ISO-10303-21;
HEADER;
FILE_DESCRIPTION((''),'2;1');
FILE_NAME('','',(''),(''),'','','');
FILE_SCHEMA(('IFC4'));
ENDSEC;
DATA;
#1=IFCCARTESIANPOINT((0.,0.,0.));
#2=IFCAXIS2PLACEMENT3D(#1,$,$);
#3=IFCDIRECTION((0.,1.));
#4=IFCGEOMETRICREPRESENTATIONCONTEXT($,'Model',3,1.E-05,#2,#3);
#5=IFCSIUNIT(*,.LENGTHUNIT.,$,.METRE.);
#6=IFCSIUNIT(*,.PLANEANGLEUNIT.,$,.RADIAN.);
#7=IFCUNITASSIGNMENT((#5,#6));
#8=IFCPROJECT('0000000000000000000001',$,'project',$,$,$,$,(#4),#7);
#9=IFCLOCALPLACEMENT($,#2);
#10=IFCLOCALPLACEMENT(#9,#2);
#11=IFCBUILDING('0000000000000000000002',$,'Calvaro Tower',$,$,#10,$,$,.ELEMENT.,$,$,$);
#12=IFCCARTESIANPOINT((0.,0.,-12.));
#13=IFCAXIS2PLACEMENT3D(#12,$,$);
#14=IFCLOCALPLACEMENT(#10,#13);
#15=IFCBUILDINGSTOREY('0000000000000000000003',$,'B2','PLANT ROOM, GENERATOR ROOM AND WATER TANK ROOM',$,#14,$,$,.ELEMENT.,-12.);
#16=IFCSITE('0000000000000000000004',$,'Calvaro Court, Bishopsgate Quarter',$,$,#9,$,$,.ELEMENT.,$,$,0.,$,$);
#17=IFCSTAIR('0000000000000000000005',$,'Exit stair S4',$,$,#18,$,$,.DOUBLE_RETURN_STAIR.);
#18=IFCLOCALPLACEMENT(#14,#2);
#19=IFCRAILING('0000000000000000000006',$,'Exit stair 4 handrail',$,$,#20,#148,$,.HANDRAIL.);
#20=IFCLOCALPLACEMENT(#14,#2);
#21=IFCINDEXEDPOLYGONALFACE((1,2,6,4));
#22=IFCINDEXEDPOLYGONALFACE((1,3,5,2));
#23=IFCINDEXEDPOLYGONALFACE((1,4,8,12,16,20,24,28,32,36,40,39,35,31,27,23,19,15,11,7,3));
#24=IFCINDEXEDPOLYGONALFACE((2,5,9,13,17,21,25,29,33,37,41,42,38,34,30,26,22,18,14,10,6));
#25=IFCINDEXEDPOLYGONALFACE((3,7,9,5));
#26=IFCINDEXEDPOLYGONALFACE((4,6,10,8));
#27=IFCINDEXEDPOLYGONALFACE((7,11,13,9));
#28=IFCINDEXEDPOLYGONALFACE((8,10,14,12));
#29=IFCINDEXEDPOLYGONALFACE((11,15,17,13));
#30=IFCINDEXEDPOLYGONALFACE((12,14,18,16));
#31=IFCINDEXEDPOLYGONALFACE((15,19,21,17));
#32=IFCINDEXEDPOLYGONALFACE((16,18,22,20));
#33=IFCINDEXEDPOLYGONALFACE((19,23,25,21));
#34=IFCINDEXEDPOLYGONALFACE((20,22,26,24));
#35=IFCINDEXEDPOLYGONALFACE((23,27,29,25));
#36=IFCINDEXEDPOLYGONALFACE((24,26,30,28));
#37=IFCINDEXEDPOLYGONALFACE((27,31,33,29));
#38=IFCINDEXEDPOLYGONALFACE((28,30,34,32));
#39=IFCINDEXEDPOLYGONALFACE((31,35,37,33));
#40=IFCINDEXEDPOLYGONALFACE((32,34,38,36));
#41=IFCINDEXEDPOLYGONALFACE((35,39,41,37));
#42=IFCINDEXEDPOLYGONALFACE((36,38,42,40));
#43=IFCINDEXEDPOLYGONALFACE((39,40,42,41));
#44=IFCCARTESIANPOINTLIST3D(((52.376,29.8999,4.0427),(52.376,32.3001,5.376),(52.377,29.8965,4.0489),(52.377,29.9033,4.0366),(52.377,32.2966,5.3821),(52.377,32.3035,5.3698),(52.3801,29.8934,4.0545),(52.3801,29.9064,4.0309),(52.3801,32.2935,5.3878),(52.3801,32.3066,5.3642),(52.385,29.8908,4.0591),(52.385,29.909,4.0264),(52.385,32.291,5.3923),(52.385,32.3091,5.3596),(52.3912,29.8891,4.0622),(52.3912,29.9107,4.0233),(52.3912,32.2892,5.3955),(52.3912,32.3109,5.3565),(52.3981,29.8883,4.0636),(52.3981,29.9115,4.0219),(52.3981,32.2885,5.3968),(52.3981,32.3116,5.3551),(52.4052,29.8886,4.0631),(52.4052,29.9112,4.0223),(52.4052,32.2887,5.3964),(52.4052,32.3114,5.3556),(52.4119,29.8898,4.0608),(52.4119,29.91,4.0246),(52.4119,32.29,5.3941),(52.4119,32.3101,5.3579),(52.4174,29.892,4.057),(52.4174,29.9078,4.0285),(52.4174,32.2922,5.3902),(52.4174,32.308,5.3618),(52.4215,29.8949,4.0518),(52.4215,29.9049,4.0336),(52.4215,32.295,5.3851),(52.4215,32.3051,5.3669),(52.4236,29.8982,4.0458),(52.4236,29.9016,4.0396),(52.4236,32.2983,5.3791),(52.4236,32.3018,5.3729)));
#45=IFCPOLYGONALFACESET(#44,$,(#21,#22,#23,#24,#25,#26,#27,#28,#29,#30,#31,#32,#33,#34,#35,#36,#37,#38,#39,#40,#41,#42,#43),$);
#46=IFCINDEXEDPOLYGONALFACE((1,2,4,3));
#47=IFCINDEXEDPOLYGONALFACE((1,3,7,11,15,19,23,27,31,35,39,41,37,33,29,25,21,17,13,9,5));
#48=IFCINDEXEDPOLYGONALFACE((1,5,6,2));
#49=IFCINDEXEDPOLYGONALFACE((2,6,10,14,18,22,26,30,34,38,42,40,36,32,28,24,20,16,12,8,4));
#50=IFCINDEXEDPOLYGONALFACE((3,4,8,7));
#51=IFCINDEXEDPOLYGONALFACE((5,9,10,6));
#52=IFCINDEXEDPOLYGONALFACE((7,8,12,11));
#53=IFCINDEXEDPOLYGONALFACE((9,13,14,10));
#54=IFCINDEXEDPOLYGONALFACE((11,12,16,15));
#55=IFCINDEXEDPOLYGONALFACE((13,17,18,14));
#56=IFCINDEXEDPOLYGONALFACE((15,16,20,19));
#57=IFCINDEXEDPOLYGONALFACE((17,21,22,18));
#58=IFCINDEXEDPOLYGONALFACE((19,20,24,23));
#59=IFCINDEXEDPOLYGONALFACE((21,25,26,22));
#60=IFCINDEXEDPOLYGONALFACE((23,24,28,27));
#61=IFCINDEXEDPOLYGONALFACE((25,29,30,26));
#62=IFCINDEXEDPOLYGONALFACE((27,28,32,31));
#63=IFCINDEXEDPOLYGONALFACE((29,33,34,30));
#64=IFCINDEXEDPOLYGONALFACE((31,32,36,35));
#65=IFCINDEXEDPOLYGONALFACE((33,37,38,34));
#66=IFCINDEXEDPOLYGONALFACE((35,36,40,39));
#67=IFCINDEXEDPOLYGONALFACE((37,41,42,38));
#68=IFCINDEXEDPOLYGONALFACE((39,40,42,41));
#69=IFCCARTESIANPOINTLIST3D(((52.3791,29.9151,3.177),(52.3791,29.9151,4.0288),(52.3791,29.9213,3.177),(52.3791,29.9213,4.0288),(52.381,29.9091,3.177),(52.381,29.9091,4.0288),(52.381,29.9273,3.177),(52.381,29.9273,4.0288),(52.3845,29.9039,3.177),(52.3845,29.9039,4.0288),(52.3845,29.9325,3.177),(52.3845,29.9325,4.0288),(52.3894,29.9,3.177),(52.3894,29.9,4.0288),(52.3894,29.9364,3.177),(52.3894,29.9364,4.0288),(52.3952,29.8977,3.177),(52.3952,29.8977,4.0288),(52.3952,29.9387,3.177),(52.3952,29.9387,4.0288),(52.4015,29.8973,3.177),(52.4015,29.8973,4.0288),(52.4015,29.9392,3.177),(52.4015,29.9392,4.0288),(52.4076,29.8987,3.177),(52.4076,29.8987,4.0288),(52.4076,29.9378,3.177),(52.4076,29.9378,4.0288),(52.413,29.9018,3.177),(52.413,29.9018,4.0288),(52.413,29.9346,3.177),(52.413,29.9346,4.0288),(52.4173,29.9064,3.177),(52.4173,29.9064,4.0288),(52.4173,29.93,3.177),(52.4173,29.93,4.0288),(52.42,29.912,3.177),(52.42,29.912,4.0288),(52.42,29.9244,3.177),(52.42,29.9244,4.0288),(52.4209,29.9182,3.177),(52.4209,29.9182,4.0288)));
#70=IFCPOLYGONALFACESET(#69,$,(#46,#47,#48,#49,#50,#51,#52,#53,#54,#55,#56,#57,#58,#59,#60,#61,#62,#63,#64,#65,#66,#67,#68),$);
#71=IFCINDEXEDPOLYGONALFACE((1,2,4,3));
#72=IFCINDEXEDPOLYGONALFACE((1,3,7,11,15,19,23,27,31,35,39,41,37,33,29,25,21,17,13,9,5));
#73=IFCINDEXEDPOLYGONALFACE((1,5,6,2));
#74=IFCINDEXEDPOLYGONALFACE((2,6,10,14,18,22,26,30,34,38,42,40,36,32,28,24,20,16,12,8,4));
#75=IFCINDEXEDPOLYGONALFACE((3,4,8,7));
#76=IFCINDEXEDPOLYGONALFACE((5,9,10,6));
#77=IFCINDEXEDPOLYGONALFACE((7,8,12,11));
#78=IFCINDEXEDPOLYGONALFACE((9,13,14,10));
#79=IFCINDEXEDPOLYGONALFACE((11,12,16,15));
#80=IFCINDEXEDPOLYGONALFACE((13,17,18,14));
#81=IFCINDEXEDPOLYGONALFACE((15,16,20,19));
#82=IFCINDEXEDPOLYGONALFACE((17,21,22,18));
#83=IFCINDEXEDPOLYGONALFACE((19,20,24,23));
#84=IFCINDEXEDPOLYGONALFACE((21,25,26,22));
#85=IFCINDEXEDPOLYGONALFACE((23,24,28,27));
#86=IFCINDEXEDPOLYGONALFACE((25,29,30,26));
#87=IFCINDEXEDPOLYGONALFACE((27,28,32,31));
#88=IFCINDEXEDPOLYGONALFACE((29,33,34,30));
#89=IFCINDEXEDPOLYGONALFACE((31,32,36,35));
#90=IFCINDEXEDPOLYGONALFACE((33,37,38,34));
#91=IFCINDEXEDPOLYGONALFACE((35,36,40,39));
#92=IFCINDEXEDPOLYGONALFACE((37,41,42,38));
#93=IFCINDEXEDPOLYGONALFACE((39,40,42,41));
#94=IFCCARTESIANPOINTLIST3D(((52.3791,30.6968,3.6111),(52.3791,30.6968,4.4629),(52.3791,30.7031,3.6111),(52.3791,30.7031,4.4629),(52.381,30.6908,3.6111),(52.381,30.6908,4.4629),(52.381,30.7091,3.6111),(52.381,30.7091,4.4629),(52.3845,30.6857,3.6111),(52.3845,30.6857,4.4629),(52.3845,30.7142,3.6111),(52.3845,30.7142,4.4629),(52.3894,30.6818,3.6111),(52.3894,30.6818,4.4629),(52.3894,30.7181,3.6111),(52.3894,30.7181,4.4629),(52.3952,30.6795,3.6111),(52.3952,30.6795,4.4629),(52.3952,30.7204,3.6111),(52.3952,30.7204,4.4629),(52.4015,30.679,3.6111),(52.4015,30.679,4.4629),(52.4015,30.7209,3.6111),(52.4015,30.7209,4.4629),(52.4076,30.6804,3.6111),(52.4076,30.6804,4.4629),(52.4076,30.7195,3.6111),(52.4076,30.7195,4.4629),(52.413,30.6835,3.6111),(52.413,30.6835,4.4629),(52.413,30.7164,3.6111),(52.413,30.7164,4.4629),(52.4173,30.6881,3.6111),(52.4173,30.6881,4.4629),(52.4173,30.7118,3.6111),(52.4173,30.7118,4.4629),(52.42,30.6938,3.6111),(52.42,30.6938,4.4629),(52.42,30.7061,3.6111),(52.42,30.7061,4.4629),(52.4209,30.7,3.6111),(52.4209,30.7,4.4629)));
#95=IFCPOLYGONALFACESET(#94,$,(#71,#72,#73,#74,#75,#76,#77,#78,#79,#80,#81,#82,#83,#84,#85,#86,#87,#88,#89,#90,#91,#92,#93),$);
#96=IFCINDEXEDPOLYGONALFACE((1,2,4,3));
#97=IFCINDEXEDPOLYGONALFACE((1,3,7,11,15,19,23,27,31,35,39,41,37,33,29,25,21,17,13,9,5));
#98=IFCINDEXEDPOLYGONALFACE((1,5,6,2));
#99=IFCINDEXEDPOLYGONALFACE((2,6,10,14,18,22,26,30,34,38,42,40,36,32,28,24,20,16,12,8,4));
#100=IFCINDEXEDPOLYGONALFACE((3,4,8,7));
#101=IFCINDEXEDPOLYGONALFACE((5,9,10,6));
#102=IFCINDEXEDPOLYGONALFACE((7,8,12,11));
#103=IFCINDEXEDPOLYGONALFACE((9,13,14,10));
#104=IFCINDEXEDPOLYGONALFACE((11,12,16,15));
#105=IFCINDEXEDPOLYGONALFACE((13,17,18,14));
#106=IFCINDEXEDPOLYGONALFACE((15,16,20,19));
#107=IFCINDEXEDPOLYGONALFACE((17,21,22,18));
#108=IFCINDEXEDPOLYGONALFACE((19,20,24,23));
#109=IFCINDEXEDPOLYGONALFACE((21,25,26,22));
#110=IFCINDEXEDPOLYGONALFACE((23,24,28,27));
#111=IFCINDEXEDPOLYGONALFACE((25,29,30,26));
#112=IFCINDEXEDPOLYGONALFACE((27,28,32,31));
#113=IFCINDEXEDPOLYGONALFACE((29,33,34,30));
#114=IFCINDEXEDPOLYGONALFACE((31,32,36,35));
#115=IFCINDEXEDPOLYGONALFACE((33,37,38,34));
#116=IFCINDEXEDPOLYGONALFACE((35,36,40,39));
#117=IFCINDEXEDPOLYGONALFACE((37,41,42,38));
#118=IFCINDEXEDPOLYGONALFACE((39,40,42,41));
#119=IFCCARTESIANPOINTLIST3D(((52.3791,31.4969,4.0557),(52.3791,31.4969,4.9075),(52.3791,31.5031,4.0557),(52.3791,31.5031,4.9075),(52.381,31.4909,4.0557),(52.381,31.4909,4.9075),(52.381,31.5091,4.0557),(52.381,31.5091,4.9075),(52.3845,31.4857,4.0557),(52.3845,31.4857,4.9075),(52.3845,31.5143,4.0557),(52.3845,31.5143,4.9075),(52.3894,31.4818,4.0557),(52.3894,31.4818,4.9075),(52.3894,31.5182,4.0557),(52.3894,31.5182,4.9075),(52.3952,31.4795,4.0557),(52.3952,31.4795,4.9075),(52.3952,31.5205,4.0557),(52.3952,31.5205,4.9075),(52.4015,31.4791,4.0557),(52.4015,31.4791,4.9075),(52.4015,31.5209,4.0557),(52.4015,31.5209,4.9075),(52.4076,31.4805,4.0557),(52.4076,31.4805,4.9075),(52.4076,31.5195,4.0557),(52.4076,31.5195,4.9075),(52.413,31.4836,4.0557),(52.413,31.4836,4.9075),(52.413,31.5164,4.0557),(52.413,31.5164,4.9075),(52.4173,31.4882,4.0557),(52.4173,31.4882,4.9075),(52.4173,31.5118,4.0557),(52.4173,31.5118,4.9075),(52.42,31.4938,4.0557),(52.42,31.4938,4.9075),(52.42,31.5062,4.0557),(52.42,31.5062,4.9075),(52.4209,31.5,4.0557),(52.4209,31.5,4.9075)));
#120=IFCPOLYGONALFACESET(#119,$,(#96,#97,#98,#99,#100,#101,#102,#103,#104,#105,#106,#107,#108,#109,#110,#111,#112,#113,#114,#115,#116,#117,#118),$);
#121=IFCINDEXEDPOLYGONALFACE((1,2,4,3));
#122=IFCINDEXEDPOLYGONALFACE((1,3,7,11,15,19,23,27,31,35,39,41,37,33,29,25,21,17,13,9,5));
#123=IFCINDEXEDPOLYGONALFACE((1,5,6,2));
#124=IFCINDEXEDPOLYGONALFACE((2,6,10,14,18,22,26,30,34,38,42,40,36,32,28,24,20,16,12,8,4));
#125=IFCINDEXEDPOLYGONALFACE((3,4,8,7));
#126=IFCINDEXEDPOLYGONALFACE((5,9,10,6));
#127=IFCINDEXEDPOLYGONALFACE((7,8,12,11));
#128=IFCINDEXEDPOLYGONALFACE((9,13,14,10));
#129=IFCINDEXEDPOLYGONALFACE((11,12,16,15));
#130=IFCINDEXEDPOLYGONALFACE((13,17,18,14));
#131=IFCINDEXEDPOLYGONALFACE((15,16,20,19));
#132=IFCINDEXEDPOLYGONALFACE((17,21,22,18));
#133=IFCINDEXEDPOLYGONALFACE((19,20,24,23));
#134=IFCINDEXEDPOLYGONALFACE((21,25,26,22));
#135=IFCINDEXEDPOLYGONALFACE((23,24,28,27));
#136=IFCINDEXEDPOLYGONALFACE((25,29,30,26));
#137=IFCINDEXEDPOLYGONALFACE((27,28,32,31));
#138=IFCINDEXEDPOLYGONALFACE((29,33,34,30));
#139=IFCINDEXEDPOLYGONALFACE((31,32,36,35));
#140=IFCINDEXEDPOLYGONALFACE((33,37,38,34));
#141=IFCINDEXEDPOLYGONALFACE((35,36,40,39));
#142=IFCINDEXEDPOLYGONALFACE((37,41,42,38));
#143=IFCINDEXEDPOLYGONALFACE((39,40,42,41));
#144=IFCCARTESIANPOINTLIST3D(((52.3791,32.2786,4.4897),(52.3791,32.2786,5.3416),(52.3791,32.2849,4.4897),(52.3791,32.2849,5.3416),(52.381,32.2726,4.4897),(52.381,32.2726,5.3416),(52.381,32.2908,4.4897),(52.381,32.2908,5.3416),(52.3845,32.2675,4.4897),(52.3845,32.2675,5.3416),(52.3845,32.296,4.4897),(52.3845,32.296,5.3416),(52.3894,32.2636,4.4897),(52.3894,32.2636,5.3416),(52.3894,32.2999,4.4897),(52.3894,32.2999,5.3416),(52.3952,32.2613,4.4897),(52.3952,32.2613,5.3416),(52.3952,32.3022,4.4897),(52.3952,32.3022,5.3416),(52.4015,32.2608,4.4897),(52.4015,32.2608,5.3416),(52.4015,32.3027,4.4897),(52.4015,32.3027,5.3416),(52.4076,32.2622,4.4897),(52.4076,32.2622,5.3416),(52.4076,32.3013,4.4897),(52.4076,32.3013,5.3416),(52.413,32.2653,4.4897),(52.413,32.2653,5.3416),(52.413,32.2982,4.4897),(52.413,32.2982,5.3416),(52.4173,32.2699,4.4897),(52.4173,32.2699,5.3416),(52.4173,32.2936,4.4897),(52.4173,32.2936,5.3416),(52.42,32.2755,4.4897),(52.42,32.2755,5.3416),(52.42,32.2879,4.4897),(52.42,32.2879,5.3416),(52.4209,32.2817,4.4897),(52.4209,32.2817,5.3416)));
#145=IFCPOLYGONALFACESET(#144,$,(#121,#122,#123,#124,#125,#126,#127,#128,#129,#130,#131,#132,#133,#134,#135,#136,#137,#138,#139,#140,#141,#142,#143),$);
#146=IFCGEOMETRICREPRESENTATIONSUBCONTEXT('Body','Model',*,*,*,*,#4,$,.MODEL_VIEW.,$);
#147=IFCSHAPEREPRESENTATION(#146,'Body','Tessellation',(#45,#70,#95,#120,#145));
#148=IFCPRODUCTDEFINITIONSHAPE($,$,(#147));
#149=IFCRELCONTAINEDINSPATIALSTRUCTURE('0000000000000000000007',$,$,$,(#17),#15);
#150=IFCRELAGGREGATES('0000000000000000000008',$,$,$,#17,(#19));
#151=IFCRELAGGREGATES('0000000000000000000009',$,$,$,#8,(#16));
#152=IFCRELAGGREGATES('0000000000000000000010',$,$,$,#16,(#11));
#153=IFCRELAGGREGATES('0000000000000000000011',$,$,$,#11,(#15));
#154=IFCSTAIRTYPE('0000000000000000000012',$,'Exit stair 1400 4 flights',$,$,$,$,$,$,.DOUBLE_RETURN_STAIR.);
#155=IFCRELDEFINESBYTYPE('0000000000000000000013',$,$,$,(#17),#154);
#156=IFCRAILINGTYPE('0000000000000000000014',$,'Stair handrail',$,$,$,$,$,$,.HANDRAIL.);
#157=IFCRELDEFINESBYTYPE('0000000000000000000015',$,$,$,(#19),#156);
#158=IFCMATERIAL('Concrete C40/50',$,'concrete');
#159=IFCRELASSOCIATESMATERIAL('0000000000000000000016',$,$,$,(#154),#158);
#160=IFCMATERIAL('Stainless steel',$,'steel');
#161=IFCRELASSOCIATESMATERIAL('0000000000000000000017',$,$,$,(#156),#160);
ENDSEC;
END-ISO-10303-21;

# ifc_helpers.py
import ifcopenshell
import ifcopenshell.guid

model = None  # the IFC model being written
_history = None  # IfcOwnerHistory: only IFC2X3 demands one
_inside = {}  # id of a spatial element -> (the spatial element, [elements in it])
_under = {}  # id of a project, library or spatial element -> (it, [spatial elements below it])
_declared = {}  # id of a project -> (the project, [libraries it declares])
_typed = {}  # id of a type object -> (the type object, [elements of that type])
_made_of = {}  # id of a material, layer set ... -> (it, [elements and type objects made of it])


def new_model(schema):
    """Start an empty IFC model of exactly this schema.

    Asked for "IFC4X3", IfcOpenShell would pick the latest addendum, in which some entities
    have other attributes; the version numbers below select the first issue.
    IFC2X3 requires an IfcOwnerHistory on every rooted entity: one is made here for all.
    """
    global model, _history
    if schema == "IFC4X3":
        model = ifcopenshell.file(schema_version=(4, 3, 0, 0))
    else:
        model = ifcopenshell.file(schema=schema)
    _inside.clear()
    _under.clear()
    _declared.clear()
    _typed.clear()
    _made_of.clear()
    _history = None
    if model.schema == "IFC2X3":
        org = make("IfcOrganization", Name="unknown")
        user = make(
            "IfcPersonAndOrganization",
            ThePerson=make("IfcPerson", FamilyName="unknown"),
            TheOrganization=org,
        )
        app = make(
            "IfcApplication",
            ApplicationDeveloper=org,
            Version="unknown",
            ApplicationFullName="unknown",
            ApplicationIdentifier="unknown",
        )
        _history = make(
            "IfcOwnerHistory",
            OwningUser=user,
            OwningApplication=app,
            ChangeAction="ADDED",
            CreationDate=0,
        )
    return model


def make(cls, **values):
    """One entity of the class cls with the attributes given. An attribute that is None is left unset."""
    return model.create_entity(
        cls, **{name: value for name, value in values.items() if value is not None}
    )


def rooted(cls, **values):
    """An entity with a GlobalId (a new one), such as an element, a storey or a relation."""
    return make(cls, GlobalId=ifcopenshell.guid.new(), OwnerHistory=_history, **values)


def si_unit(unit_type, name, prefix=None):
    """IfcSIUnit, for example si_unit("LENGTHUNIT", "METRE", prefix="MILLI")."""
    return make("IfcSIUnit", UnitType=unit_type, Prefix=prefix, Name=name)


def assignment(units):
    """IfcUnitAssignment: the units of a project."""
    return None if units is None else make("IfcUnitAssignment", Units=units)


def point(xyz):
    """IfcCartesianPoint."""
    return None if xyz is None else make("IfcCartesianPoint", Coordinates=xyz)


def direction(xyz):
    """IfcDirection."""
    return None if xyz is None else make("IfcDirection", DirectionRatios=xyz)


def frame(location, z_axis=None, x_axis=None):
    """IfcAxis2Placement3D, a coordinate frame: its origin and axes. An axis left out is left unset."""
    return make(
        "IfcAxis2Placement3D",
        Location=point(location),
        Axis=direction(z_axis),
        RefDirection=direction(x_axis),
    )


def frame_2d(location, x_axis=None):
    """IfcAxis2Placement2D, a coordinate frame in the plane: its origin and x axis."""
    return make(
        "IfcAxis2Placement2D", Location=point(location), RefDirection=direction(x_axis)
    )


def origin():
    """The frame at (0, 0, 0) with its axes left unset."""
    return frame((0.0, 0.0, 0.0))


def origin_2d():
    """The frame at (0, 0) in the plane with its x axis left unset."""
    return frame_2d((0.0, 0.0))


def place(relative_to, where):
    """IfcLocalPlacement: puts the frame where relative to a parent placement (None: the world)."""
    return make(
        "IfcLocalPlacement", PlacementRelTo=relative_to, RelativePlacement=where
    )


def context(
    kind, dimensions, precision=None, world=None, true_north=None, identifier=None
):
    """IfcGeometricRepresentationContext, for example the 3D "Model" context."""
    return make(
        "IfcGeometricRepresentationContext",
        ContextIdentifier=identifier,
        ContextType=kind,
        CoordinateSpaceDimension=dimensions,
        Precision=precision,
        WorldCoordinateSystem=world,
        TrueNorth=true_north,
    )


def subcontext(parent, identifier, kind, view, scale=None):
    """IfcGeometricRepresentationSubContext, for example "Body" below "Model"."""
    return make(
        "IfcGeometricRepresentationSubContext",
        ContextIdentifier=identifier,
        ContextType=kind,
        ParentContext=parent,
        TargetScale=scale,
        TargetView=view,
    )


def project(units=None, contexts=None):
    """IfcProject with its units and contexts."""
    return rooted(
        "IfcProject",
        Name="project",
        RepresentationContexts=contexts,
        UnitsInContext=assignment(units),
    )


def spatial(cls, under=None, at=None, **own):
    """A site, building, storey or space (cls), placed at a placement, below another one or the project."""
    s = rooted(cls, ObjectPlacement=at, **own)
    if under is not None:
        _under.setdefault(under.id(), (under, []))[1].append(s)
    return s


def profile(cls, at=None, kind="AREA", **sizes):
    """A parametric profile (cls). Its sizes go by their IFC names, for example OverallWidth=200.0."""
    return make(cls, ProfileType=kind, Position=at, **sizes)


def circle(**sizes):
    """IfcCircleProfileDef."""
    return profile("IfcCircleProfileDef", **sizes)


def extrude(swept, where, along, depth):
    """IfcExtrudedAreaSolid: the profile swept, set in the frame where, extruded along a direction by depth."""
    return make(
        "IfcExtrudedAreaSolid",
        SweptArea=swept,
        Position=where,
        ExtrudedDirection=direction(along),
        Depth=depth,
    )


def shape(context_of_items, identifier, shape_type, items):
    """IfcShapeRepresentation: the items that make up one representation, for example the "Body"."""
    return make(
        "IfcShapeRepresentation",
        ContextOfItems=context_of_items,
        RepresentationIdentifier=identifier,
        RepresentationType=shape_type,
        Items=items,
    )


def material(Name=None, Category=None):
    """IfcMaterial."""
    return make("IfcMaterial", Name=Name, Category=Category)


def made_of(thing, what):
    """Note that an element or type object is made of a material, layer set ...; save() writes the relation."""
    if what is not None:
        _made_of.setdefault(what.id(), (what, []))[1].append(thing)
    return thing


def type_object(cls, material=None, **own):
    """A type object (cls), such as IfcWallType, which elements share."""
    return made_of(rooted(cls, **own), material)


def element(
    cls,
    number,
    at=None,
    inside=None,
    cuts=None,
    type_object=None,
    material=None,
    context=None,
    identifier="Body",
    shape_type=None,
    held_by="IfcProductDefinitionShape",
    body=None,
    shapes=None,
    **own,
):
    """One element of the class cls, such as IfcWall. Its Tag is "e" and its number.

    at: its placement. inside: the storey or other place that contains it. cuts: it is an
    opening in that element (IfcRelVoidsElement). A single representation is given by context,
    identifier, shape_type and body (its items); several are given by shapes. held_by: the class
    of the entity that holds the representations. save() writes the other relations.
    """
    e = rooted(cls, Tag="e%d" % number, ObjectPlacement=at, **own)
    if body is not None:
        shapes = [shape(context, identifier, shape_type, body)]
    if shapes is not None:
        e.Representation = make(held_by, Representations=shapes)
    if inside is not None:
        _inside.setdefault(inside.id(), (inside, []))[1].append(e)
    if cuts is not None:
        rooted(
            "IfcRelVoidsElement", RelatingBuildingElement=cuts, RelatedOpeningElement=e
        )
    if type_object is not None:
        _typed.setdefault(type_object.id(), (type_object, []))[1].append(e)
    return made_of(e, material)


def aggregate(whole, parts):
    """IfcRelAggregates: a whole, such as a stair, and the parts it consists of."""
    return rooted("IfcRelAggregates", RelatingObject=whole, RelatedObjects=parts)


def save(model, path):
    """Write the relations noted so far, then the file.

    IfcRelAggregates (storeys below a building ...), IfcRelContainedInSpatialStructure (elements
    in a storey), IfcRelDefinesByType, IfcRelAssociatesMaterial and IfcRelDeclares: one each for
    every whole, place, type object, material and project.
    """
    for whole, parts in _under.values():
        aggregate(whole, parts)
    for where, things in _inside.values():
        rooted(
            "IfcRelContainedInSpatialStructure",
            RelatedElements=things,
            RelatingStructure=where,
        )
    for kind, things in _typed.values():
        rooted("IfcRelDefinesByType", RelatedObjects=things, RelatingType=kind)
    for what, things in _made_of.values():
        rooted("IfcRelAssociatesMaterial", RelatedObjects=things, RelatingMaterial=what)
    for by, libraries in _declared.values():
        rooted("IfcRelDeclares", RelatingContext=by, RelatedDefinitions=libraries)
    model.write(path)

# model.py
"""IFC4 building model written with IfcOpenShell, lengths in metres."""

from ifc_helpers import new_model, si_unit, direction, frame, origin, origin_2d, place, context, subcontext, project, spatial, circle, extrude, material, type_object, element, aggregate, save


model = new_model("IFC4")

# Units and contexts
model_context = context("Model", 3, precision=1e-05, world=origin(), true_north=direction((0.0, 1.0)))
body_context = subcontext(model_context, "Body", "Model", "MODEL_VIEW")
ifc_project = project(units=[si_unit("LENGTHUNIT", "METRE"), si_unit("PLANEANGLEUNIT", "RADIAN")], contexts=[model_context])

# Site, building, storey
site_placement = place(None, origin())
site = spatial("IfcSite", under=ifc_project, at=site_placement, Name="Calvaro Court, Bishopsgate Quarter", CompositionType="ELEMENT", RefElevation=0.0)
building_placement = place(site_placement, origin())
building = spatial("IfcBuilding", under=site, at=building_placement, Name="Calvaro Tower", CompositionType="ELEMENT")
storey_placement = place(building_placement, frame((0.0, 0.0, -12.0)))
storey = spatial("IfcBuildingStorey", under=building, at=storey_placement, Name="B2", Description="PLANT ROOM, GENERATOR ROOM AND WATER TANK ROOM", CompositionType="ELEMENT", Elevation=-12.0)

# Stair, railing
ifc_material_1 = material(Name="Concrete C40/50", Category="concrete")
stair_type = type_object("IfcStairType", Name="Exit stair 1400 4 flights", PredefinedType="DOUBLE_RETURN_STAIR", material=ifc_material_1)
stair_placement = place(storey_placement, origin())
stair = element("IfcStair", 1, at=stair_placement, inside=storey, type_object=stair_type, Name="Exit stair S4", PredefinedType="DOUBLE_RETURN_STAIR")
ifc_material_2 = material(Name="Stainless steel", Category="steel")
railing_type = type_object("IfcRailingType", Name="Stair handrail", PredefinedType="HANDRAIL", material=ifc_material_2)
railing_1_placement = place(storey_placement, frame((52.3999, 29.8999, 3.1667)))
railing_1 = element("IfcRailing", 2, at=railing_1_placement, type_object=railing_type, Name="Exit stair 4 handrail", PredefinedType="HANDRAIL", context=body_context, shape_type="SweptSolid", body=[
    extrude(circle(Radius=0.0239, at=origin_2d()), frame((0.0, 0.0, 0.876), z_axis=(0.0, 0.874182, 0.485598), x_axis=(-1.0, 0.0, 0.0)), (0.0, 0.0, 1.0), 2.7456),
    extrude(circle(Radius=0.021, at=origin_2d()), frame((0.0, 0.0183, 0.0103)), (0.0, 0.0, 1.0), 0.8518),
    extrude(circle(Radius=0.021, at=origin_2d()), frame((0.0, 0.8, 0.4443)), (0.0, 0.0, 1.0), 0.8518),
    extrude(circle(Radius=0.021, at=origin_2d()), frame((0.0, 1.6001, 0.8889)), (0.0, 0.0, 1.0), 0.8518),
    extrude(circle(Radius=0.021, at=origin_2d()), frame((0.0, 2.3818, 1.323)), (0.0, 0.0, 1.0), 0.8518),
])
aggregate(stair, [railing_1])

save(model, "model.ifc")
